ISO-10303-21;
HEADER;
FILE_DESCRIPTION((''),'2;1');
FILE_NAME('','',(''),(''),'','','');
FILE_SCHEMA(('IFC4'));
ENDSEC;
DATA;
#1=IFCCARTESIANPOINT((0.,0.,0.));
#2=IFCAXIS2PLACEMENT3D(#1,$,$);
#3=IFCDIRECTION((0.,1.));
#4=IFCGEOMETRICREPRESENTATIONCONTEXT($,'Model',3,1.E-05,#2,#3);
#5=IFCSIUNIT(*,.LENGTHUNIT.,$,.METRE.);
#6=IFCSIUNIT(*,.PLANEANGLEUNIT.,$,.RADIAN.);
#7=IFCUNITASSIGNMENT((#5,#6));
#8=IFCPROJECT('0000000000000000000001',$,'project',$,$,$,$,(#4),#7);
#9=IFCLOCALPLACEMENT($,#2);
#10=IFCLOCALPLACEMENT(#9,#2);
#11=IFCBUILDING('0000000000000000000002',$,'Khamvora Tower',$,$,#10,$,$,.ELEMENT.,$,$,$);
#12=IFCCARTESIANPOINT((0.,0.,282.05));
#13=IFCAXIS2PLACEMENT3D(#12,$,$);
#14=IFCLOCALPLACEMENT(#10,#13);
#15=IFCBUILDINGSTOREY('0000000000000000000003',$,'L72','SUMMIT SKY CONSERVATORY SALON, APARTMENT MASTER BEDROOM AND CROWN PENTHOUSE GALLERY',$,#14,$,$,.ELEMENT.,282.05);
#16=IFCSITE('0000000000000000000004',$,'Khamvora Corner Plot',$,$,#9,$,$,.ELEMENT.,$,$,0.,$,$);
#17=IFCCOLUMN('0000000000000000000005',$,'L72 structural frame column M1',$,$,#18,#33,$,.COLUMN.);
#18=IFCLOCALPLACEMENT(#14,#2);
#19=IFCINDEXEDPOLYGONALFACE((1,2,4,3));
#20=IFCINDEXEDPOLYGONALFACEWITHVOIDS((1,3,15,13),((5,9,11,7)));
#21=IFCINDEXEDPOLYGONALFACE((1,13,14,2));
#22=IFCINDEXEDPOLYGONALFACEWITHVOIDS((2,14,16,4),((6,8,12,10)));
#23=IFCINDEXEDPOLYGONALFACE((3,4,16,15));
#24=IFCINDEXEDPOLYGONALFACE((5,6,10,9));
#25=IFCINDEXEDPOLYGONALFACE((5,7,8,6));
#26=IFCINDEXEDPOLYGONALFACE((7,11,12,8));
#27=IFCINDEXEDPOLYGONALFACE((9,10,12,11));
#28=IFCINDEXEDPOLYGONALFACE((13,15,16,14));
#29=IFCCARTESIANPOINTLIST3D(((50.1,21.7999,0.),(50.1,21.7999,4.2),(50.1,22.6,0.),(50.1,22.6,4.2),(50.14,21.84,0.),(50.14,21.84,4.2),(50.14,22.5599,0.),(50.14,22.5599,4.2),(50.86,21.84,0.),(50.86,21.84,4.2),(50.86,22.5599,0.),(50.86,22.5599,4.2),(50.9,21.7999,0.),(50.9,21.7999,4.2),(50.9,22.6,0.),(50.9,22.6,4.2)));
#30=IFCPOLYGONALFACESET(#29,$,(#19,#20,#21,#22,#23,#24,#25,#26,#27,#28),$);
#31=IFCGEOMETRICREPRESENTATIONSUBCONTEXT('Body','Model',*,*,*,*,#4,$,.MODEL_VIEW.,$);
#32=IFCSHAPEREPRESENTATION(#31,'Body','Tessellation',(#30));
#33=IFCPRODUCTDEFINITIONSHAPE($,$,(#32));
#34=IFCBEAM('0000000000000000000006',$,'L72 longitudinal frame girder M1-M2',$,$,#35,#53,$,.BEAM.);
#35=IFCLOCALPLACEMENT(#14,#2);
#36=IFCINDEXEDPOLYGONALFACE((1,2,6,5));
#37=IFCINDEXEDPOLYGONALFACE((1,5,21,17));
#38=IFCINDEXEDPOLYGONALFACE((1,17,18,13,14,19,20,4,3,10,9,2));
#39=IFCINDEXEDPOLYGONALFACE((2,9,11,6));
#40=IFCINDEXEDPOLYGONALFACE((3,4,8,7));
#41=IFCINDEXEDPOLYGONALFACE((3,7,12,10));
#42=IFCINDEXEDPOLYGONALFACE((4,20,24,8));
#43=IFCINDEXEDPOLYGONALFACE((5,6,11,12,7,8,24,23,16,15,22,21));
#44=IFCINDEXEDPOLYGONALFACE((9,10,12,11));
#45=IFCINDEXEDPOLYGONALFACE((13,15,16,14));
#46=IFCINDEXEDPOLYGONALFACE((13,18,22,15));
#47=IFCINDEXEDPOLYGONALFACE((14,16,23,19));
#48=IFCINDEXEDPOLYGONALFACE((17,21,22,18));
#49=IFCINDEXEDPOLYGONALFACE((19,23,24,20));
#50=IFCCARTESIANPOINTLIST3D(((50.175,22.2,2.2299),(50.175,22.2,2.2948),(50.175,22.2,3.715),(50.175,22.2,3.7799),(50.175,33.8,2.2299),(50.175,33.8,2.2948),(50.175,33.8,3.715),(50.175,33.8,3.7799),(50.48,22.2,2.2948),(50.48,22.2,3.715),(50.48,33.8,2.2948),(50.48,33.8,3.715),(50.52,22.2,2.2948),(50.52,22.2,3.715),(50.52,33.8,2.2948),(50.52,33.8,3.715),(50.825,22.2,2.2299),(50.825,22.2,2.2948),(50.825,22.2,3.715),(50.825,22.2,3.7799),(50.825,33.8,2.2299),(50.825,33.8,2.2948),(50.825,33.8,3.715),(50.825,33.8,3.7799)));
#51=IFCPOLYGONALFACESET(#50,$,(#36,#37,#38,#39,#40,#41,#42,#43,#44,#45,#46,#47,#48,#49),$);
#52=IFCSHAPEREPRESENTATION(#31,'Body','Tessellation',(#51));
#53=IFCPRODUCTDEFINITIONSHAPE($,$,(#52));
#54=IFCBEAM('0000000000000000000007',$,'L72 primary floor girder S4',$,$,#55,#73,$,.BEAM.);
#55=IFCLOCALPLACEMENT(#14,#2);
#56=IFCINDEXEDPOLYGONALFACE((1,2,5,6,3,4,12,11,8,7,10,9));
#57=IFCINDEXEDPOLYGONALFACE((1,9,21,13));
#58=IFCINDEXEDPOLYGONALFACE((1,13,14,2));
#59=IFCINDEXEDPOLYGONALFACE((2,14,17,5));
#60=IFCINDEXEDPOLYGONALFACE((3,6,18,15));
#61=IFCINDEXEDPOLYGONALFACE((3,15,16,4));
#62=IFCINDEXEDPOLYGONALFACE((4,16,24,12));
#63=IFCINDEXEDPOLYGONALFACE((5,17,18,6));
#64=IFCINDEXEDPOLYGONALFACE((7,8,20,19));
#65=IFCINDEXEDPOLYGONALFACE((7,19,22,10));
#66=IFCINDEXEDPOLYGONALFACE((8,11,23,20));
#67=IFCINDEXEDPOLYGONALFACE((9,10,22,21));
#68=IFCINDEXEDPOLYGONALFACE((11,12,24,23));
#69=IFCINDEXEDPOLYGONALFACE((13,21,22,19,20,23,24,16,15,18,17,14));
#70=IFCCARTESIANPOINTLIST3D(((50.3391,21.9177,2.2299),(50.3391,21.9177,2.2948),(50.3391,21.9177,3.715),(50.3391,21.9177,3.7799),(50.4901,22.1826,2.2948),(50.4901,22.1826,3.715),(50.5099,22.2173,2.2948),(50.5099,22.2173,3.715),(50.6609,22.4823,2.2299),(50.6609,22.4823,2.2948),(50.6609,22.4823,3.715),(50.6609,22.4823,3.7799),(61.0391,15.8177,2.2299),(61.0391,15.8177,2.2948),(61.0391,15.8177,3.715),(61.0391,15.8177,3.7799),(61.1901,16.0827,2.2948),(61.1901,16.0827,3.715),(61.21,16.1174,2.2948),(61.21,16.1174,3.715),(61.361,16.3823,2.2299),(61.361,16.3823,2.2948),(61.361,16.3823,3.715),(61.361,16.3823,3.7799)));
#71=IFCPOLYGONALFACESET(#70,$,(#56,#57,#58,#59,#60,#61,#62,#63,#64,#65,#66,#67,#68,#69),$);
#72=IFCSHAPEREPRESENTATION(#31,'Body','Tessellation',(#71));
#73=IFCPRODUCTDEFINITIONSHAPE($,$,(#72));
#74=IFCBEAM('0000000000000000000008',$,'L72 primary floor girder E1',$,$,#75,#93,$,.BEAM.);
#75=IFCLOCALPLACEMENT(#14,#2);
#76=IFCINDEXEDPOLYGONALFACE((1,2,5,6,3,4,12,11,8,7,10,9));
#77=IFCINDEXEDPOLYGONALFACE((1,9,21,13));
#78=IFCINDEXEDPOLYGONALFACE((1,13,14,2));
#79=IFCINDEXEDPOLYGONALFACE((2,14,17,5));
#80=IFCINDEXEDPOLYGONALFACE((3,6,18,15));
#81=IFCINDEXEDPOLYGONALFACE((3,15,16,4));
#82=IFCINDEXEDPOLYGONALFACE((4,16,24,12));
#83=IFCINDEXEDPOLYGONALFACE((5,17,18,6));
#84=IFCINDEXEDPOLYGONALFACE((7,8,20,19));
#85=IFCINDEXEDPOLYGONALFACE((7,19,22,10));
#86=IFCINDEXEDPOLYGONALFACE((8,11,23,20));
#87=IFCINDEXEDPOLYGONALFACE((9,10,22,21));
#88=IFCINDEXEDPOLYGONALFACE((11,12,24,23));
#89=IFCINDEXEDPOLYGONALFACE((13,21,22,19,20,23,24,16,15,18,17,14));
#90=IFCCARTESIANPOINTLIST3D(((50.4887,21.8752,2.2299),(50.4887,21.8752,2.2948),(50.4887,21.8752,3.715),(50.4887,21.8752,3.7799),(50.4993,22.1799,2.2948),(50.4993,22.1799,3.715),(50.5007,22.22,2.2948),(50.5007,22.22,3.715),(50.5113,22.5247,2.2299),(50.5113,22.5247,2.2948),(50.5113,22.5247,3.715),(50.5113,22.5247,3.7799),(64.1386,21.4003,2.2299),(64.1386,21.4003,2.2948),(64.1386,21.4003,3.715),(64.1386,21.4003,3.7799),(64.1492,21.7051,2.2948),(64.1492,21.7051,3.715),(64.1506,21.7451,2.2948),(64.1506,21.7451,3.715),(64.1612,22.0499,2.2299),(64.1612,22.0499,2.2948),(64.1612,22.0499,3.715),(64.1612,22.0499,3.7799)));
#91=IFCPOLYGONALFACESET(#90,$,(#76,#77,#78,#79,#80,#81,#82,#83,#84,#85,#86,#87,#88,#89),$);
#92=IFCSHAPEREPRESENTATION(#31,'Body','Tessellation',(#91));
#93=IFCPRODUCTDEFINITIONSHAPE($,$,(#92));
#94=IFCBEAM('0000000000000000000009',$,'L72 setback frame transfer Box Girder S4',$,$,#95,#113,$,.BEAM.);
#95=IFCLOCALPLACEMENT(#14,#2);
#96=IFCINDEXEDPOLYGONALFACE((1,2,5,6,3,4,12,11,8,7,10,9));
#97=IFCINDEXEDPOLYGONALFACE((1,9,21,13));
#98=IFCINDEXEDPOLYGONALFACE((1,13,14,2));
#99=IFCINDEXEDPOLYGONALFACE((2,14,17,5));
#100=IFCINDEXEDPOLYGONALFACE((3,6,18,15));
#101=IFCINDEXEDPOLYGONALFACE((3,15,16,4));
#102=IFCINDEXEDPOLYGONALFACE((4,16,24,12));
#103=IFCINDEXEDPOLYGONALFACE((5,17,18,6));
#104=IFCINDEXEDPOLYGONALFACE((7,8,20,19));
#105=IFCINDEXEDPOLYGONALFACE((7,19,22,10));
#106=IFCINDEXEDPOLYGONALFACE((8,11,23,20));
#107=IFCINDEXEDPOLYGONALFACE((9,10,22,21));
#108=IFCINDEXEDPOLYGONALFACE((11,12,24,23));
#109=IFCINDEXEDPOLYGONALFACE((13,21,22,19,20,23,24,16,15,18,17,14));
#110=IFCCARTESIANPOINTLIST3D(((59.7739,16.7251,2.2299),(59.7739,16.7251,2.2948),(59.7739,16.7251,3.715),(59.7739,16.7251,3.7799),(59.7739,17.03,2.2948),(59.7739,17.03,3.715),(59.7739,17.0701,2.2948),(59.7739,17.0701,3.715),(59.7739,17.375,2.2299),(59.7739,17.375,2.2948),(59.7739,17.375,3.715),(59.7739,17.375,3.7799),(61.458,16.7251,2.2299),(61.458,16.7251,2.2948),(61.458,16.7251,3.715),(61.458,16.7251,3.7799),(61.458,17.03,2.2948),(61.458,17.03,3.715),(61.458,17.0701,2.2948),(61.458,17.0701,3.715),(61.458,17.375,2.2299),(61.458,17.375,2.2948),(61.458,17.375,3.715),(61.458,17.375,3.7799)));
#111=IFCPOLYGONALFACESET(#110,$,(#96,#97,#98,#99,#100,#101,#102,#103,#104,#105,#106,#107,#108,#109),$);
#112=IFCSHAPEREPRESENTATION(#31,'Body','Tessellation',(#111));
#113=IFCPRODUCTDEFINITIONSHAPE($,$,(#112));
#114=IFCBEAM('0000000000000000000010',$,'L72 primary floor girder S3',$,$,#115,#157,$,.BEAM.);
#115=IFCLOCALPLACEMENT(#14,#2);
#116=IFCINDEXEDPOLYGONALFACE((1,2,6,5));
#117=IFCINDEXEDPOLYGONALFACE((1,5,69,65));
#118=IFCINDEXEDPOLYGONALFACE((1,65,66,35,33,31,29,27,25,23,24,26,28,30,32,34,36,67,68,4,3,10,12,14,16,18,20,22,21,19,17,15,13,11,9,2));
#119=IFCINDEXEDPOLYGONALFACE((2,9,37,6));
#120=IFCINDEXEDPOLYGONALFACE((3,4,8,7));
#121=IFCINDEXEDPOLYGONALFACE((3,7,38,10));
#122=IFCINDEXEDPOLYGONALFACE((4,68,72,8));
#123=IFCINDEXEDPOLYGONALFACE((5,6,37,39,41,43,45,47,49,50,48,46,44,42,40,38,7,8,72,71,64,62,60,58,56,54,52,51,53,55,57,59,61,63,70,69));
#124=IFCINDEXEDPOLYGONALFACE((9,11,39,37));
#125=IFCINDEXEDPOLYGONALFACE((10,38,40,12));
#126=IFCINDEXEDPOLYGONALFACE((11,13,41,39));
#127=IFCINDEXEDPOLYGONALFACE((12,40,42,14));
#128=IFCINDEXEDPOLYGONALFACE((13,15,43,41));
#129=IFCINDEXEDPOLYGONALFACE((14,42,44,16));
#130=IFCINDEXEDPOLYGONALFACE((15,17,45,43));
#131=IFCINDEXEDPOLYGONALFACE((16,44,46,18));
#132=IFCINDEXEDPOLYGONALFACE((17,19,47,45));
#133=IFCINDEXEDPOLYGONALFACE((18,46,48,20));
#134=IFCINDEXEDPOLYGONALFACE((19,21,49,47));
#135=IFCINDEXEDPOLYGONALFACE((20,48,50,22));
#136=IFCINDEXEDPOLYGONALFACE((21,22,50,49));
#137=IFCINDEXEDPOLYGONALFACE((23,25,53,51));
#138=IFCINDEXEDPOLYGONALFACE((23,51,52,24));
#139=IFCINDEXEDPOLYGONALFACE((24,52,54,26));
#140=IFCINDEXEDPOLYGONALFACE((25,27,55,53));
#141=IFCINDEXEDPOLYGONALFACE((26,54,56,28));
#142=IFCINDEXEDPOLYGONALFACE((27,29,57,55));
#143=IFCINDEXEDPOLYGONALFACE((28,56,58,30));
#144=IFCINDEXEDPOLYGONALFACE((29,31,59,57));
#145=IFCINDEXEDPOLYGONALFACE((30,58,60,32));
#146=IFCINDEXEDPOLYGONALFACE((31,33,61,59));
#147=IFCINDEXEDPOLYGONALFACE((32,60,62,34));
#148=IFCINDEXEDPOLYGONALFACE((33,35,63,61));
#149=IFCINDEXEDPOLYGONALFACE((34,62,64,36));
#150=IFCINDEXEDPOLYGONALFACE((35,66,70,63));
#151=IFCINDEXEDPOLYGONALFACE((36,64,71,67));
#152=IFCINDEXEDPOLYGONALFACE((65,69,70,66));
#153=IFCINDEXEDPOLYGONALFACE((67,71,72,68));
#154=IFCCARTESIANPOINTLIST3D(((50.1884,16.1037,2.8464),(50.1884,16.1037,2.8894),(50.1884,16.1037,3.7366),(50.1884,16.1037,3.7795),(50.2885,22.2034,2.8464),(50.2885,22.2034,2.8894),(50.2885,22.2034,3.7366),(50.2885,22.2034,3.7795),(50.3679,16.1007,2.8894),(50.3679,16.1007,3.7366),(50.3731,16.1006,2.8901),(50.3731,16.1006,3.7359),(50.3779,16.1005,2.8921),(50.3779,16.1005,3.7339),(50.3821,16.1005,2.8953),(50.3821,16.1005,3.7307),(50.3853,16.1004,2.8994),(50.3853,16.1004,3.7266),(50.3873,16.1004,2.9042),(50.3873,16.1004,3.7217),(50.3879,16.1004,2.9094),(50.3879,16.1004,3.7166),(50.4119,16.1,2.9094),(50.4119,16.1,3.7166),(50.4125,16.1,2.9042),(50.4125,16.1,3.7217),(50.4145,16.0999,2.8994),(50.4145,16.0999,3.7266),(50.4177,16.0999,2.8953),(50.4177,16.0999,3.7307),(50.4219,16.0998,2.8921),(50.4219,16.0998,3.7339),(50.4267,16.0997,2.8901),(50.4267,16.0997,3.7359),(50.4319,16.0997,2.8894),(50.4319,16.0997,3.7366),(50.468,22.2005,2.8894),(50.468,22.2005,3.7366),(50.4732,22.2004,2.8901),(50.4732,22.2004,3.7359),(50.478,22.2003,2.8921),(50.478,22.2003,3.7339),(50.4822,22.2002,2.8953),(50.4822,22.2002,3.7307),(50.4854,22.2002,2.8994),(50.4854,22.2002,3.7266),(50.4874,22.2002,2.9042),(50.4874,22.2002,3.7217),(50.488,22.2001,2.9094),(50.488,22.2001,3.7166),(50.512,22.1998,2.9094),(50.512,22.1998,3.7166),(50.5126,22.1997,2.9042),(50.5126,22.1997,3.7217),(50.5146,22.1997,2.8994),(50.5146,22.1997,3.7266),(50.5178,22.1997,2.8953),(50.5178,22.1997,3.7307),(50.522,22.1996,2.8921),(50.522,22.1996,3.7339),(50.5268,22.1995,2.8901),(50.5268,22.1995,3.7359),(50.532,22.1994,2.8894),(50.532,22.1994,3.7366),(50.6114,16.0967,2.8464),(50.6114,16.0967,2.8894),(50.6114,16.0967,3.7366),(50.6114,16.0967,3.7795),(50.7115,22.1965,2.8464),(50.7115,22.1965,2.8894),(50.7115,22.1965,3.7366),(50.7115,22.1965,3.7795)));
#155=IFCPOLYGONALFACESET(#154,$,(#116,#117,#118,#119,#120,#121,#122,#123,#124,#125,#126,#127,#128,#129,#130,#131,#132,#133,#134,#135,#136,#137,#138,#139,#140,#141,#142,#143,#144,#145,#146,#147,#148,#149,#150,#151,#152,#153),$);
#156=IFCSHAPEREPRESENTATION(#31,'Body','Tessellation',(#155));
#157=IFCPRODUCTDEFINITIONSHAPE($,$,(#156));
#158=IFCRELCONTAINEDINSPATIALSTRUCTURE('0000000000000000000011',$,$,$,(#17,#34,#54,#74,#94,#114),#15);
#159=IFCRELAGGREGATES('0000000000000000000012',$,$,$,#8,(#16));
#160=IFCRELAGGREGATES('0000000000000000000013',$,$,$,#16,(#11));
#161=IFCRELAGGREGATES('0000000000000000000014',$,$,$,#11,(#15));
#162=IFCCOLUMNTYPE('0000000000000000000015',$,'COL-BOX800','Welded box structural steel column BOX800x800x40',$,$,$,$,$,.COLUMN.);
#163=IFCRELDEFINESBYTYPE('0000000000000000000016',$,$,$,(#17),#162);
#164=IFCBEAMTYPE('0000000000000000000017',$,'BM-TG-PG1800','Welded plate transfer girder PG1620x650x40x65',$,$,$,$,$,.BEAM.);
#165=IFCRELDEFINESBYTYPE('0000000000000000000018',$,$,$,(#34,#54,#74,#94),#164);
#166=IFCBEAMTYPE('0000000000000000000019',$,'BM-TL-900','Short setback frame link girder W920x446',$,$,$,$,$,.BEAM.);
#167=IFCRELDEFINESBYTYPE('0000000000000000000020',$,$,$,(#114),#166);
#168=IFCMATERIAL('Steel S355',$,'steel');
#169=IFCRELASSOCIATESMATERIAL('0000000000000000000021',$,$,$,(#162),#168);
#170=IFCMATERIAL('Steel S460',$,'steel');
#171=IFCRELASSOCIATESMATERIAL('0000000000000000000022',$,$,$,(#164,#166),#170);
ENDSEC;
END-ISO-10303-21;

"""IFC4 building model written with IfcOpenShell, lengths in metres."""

from ifc_helpers import new_model, si_unit, direction, frame, origin, origin_2d, place, context, subcontext, project, spatial, hollow_rectangle, i_section, extrude, material, material_profile, profile_set, type_object, element, save


model = new_model("IFC4")

# Units and contexts
model_context = context("Model", 3, precision=1e-05, world=origin(), true_north=direction((0.0, 1.0)))
body_context = subcontext(model_context, "Body", "Model", "MODEL_VIEW")
ifc_project = project(units=[si_unit("LENGTHUNIT", "METRE"), si_unit("PLANEANGLEUNIT", "RADIAN")], contexts=[model_context])

# Site, building, storey
site_placement = place(None, origin())
site = spatial("IfcSite", under=ifc_project, at=site_placement, Name="Khamvora Corner Plot", CompositionType="ELEMENT", RefElevation=0.0)
building_placement = place(site_placement, origin())
building = spatial("IfcBuilding", under=site, at=building_placement, Name="Khamvora Tower", CompositionType="ELEMENT")
storey_placement = place(building_placement, frame((0.0, 0.0, 282.05)))
storey = spatial("IfcBuildingStorey", under=building, at=storey_placement, Name="L72", Description="SUMMIT SKY CONSERVATORY SALON, APARTMENT MASTER BEDROOM AND CROWN PENTHOUSE GALLERY", CompositionType="ELEMENT", Elevation=282.05)

# Column
ifc_material_1 = material(Name="Steel S355", Category="steel")
ifc_material_profile_1 = material_profile(ifc_material_1, hollow_rectangle(XDim=0.8, YDim=0.8, WallThickness=0.04, at=origin_2d()), Name="BOX800x800x40")
ifc_profile_set_1 = profile_set([ifc_material_profile_1], Name="Steel S355")
column_type = type_object("IfcColumnType", Name="COL-BOX800", Description="Welded box structural steel column BOX800x800x40", PredefinedType="COLUMN", material=ifc_profile_set_1)
column_placement = place(storey_placement, frame((50.5, 22.2, 0.0), z_axis=(0.0, 0.0, 1.0), x_axis=(1.0, 0.0, 0.0)))
element("IfcColumn", 1, at=column_placement, inside=storey, type_object=column_type, Name="L72 structural frame column M1", PredefinedType="COLUMN", context=body_context, shape_type="SweptSolid", body=[
    extrude(hollow_rectangle(XDim=0.8, YDim=0.8, WallThickness=0.04, at=origin_2d()), origin(), (0.0, 0.0, 1.0), 4.2),
])

# Beams
ifc_material_2 = material(Name="Steel S460", Category="steel")
ifc_material_profile_2 = material_profile(ifc_material_2, i_section(OverallWidth=0.6499, OverallDepth=1.55, WebThickness=0.04, FlangeThickness=0.0649, at=origin_2d()), Name="PG1550x650x40x65")
ifc_profile_set_2 = profile_set([ifc_material_profile_2], Name="Steel S460")
beam_type_1 = type_object("IfcBeamType", Name="BM-TG-PG1800", Description="Welded plate transfer girder PG1620x650x40x65", PredefinedType="BEAM", material=ifc_profile_set_2)
beam_1_placement = place(storey_placement, frame((50.5, 22.2, 3.0049), z_axis=(0.0, 1.0, 0.0), x_axis=(-1.0, 0.0, 0.0)))
element("IfcBeam", 2, at=beam_1_placement, inside=storey, type_object=beam_type_1, Name="L72 longitudinal frame girder M1-M2", PredefinedType="BEAM", context=body_context, shape_type="SweptSolid", body=[
    extrude(i_section(OverallWidth=0.6499, OverallDepth=1.55, WebThickness=0.04, FlangeThickness=0.0649, at=origin_2d()), origin(), (0.0, 0.0, 1.0), 11.6001),
])
beam_2_placement = place(storey_placement, frame((50.5, 22.2, 3.0049), z_axis=(0.868746, -0.495257, 0.0), x_axis=(0.495257, 0.868746, 0.0)))
element("IfcBeam", 3, at=beam_2_placement, inside=storey, type_object=beam_type_1, Name="L72 primary floor girder S4", PredefinedType="BEAM", context=body_context, shape_type="SweptSolid", body=[
    extrude(i_section(OverallWidth=0.6499, OverallDepth=1.55, WebThickness=0.04, FlangeThickness=0.0649, at=origin_2d()), origin(), (0.0, 0.0, 1.0), 12.3167),
])
beam_3_placement = place(storey_placement, frame((50.5, 22.2, 3.0049), z_axis=(0.999395, -0.034767, 0.0), x_axis=(0.034767, 0.999395, 0.0)))
element("IfcBeam", 4, at=beam_3_placement, inside=storey, type_object=beam_type_1, Name="L72 primary floor girder E1", PredefinedType="BEAM", context=body_context, shape_type="SweptSolid", body=[
    extrude(i_section(OverallWidth=0.6499, OverallDepth=1.55, WebThickness=0.04, FlangeThickness=0.0649, at=origin_2d()), origin(), (0.0, 0.0, 1.0), 13.6582),
])
beam_4_placement = place(storey_placement, frame((59.7739, 17.05, 3.0049), z_axis=(1.0, 0.0, 0.0), x_axis=(0.0, 1.0, 0.0)))
element("IfcBeam", 5, at=beam_4_placement, inside=storey, type_object=beam_type_1, Name="L72 setback frame transfer Box Girder S4", PredefinedType="BEAM", context=body_context, shape_type="SweptSolid", body=[
    extrude(i_section(OverallWidth=0.6499, OverallDepth=1.55, WebThickness=0.04, FlangeThickness=0.0649, at=origin_2d()), origin(), (0.0, 0.0, 1.0), 1.6841),
])
ifc_material_profile_3 = material_profile(ifc_material_2, i_section(OverallWidth=0.4231, OverallDepth=0.9331, WebThickness=0.0239, FlangeThickness=0.043, FilletRadius=0.02, at=origin_2d()), Name="W920x446")
ifc_profile_set_3 = profile_set([ifc_material_profile_3], Name="Steel S460")
beam_type_2 = type_object("IfcBeamType", Name="BM-TL-900", Description="Short setback frame link girder W920x446", PredefinedType="BEAM", material=ifc_profile_set_3)
beam_5_placement = place(storey_placement, frame((50.5, 22.2, 3.313), z_axis=(-0.016408, -0.999865, 0.0), x_axis=(0.999865, -0.016408, 0.0)))
element("IfcBeam", 6, at=beam_5_placement, inside=storey, type_object=beam_type_2, Name="L72 primary floor girder S3", PredefinedType="BEAM", context=body_context, shape_type="SweptSolid", body=[
    extrude(i_section(OverallWidth=0.4231, OverallDepth=0.9331, WebThickness=0.0239, FlangeThickness=0.043, FilletRadius=0.02, at=origin_2d()), origin(), (0.0, 0.0, 1.0), 6.1006),
])

save(model, "model.ifc")
